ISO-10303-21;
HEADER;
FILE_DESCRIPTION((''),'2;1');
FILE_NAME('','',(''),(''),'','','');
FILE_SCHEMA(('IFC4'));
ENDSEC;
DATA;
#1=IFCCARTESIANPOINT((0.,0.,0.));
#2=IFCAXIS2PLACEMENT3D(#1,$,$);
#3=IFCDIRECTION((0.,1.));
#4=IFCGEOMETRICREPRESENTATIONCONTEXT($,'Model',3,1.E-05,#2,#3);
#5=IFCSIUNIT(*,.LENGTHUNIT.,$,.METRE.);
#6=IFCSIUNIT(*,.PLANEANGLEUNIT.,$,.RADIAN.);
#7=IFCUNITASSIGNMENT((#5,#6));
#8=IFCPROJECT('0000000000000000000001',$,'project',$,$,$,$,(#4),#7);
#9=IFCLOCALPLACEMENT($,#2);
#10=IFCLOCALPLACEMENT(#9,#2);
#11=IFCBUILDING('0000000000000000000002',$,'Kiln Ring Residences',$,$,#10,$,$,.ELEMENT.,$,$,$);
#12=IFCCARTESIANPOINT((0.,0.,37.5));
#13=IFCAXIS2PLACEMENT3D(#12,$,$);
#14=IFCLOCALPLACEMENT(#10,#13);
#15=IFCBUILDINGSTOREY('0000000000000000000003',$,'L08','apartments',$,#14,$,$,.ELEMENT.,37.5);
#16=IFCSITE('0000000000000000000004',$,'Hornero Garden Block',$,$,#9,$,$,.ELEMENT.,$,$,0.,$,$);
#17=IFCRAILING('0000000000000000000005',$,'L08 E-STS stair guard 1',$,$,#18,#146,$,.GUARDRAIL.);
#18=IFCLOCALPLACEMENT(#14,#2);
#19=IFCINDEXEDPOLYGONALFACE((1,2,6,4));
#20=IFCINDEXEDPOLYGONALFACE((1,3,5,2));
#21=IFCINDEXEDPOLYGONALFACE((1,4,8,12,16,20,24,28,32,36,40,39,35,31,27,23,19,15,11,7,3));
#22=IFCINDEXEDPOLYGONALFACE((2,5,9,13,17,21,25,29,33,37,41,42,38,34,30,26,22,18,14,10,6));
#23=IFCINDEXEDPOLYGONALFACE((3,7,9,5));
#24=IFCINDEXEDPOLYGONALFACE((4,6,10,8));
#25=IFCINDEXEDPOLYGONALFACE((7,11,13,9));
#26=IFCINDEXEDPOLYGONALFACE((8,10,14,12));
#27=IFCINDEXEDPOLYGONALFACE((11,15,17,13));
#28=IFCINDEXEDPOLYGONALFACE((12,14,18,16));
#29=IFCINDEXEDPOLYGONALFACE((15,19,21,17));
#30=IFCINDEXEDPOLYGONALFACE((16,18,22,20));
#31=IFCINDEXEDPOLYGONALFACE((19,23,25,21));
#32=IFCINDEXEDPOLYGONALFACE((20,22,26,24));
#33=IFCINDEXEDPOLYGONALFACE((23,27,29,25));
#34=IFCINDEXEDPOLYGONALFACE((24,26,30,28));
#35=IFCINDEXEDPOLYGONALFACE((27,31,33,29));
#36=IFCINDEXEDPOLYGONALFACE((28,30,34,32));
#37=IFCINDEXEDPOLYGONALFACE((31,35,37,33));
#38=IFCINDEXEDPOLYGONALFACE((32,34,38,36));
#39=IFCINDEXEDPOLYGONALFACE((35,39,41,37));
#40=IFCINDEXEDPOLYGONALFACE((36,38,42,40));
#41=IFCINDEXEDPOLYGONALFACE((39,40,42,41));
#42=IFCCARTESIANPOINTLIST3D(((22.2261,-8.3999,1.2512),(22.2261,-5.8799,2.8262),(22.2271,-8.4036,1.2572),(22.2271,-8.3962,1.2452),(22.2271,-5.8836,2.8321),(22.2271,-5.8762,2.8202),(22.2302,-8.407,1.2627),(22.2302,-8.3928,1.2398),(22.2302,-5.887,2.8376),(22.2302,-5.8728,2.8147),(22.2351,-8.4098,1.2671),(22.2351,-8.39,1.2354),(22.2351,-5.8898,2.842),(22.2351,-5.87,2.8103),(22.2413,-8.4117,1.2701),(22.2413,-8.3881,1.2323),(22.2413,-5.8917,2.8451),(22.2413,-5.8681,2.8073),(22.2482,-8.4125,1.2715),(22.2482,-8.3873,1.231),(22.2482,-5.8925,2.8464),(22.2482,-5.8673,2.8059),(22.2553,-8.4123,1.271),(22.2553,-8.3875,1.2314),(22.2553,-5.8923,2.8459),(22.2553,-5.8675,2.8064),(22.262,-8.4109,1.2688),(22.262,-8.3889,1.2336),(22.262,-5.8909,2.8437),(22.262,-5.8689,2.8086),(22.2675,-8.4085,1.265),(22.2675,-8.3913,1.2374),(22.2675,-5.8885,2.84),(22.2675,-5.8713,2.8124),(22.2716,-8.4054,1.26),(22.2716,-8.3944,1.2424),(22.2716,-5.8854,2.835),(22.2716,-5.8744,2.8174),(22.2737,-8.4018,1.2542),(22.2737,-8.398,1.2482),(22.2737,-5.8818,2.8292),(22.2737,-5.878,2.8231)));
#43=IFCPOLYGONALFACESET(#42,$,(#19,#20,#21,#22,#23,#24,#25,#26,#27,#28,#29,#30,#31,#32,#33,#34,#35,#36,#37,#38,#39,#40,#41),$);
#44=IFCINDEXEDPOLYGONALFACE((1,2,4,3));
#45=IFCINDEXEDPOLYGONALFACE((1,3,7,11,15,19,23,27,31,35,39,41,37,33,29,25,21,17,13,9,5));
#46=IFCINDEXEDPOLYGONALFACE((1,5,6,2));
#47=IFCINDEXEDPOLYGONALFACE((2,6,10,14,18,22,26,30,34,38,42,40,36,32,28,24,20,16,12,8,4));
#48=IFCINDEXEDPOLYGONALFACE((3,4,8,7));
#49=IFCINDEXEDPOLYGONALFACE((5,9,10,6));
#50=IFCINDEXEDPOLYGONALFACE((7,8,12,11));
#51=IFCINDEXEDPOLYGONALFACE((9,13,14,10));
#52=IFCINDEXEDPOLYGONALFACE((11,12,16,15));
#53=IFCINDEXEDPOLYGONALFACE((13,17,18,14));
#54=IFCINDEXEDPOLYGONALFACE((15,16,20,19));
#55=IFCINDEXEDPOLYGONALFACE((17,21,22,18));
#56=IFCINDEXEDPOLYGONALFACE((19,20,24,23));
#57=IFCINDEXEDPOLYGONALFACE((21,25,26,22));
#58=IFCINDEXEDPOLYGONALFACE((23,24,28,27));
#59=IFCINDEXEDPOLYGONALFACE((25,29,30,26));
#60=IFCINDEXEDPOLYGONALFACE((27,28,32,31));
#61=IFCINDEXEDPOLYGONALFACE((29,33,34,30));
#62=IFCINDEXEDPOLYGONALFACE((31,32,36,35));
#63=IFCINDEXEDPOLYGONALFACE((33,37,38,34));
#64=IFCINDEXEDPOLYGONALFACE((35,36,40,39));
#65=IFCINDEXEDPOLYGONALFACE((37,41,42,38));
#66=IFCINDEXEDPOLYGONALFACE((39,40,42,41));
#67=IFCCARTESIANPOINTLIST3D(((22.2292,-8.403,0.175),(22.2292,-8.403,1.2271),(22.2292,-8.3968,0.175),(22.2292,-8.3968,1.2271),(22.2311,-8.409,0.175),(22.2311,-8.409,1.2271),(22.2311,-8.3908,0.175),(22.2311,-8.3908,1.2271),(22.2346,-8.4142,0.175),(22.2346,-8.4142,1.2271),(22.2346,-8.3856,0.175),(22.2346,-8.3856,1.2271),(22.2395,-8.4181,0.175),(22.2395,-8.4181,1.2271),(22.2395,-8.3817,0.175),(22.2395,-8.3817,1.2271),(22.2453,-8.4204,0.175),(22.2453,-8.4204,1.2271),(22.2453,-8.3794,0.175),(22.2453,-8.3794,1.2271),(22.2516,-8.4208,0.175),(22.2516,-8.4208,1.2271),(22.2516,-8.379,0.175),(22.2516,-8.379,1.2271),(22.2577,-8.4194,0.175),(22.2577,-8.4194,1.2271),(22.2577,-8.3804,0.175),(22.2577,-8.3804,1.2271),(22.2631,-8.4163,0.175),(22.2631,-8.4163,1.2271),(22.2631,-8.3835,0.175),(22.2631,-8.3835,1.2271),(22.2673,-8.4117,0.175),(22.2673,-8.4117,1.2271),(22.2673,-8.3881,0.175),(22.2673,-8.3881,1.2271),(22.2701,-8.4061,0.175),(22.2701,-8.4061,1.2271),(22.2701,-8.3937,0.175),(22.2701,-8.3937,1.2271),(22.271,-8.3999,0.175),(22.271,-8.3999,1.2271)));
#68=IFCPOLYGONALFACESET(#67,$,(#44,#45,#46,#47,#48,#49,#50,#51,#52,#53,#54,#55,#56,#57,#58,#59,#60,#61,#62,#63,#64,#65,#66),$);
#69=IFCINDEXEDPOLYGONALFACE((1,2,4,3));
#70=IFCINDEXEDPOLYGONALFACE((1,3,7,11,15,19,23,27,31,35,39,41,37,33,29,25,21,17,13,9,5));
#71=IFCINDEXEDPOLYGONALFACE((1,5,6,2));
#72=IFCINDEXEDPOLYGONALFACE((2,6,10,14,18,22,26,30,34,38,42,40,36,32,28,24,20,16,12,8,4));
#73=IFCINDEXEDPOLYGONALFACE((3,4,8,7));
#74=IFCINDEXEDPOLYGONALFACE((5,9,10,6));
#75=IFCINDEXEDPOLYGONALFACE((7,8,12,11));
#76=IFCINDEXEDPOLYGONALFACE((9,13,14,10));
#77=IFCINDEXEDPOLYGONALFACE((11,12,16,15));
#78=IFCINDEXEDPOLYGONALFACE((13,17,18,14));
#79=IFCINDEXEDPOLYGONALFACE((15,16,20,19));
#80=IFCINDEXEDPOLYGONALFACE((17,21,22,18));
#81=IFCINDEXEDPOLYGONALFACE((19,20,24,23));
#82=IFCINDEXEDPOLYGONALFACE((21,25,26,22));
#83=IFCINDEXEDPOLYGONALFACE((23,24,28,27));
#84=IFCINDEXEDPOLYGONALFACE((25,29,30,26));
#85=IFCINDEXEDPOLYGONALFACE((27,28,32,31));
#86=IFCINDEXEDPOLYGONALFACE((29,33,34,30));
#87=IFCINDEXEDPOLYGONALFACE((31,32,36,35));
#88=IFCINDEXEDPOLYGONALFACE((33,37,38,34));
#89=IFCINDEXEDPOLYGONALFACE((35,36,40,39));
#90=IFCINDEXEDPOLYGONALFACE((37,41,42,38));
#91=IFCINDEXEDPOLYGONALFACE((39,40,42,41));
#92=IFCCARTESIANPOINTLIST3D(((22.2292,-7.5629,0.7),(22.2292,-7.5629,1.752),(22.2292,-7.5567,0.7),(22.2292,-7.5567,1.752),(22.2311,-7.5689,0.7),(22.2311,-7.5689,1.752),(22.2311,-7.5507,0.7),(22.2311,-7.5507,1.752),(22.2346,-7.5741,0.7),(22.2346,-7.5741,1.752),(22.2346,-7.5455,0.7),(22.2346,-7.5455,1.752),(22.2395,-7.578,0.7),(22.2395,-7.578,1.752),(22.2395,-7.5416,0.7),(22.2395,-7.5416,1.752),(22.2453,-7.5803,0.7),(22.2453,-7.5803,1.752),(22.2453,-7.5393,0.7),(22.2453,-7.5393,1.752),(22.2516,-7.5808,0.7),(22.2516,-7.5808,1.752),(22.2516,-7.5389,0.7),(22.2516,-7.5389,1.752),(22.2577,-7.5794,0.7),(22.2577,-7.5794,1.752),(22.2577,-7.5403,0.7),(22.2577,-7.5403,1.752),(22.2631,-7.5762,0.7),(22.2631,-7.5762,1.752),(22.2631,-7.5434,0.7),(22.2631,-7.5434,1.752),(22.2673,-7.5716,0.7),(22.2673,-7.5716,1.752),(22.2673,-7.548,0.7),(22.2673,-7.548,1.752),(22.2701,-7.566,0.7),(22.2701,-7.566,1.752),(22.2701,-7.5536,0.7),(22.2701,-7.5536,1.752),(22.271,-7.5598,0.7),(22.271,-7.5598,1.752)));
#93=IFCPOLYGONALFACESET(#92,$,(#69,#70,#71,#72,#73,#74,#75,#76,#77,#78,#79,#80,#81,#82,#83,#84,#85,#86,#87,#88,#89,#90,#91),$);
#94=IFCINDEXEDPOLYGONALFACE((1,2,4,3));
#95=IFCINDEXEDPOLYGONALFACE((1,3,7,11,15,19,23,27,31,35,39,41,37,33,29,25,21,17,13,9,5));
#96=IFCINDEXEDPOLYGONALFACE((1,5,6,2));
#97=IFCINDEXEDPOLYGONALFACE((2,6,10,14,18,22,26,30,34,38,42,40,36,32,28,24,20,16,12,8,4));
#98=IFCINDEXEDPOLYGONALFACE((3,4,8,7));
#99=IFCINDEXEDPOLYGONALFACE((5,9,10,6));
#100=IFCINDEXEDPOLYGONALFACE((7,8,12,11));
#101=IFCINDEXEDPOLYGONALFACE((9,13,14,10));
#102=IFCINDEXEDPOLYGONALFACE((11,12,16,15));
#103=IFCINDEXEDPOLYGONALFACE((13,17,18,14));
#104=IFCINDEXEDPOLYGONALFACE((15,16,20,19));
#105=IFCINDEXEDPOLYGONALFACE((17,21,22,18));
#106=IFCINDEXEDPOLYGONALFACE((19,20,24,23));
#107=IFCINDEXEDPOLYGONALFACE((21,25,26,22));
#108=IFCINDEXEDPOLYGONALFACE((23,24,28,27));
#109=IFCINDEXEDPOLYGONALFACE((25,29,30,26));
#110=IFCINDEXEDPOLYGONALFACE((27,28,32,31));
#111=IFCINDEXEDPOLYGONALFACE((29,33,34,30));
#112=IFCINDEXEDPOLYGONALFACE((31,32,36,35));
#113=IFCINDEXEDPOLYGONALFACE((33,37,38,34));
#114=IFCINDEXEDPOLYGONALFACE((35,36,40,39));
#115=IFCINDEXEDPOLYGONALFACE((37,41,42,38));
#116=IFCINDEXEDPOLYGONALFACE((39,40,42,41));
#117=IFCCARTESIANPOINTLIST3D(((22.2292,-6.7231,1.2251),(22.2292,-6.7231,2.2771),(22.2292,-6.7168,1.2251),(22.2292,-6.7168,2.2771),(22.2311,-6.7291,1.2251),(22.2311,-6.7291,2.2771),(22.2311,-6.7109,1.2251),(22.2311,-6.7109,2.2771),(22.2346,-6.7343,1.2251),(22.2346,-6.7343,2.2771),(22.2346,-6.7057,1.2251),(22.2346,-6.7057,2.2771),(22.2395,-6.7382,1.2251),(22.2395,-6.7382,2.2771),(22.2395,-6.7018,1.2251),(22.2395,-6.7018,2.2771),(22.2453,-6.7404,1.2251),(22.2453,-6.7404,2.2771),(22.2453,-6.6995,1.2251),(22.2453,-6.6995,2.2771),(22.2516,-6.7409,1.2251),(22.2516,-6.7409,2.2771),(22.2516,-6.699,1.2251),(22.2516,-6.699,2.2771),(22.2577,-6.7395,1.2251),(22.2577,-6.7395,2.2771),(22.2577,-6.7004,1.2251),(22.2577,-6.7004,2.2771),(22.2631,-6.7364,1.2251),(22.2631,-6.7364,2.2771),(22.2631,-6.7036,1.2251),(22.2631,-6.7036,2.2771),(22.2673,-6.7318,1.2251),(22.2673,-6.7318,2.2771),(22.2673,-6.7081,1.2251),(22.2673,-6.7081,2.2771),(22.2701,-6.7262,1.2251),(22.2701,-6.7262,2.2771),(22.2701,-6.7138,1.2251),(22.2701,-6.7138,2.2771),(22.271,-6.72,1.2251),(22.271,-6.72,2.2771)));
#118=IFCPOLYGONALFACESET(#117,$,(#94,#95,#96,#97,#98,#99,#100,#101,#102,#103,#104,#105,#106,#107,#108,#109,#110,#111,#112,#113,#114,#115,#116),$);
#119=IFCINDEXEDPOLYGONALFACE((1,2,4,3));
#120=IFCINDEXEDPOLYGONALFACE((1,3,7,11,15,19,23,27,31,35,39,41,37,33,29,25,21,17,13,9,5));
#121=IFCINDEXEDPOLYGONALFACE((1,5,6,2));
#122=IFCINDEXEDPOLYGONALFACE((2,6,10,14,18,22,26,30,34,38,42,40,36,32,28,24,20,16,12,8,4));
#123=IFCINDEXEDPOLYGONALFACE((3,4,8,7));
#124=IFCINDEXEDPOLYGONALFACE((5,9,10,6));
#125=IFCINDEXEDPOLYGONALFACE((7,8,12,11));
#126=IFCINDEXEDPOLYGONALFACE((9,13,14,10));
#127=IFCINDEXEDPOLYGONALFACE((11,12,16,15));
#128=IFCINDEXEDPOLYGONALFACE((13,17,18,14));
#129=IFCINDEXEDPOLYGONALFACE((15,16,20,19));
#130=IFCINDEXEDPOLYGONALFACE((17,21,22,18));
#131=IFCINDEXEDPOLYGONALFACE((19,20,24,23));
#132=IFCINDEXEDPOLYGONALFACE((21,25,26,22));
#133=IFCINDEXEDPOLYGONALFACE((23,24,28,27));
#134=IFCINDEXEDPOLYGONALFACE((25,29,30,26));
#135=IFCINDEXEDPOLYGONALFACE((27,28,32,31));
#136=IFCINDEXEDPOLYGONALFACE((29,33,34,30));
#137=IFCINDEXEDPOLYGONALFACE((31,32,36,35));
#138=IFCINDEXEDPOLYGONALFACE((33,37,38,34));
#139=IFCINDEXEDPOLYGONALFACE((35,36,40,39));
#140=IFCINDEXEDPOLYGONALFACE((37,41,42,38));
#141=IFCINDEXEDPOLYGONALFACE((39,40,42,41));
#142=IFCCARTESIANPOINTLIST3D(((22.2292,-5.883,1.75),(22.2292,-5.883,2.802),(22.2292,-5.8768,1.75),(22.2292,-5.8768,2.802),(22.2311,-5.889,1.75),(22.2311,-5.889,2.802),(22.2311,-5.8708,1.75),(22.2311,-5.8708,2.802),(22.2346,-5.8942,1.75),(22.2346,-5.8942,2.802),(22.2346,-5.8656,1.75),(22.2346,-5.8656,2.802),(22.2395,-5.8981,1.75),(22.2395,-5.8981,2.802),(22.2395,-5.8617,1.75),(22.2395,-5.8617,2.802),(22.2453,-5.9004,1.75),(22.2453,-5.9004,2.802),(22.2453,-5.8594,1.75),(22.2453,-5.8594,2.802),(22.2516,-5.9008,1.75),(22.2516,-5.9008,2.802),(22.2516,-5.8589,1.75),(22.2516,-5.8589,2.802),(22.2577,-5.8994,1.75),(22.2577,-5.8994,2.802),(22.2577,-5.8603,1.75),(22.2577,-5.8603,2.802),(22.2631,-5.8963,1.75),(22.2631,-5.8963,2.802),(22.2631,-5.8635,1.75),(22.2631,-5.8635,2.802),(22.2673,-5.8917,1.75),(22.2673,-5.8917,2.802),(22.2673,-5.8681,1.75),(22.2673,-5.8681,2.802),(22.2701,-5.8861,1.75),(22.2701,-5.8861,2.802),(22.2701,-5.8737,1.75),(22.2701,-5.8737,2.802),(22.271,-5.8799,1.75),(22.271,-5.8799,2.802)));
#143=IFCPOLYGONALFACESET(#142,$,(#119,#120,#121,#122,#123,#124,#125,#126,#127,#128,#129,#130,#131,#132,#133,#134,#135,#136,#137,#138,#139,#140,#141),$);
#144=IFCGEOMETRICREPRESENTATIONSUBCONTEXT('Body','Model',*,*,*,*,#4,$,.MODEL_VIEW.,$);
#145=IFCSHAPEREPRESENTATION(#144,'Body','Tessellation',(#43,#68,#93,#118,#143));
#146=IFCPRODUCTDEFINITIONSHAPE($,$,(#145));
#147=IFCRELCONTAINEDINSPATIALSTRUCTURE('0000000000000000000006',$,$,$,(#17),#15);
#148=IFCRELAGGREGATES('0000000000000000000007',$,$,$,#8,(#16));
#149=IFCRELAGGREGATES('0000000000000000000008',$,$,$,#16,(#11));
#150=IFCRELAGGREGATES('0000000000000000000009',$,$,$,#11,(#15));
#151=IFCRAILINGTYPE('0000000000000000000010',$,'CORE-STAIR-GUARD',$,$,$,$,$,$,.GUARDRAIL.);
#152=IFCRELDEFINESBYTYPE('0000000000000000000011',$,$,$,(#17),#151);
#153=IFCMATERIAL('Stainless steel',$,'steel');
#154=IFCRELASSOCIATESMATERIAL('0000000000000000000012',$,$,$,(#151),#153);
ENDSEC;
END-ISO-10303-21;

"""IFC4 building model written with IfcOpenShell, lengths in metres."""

from ifc_helpers import new_model, si_unit, direction, frame, origin, origin_2d, place, context, subcontext, project, spatial, circle, extrude, material, type_object, element, save


model = new_model("IFC4")

# Units and contexts
model_context = context("Model", 3, precision=1e-05, world=origin(), true_north=direction((0.0, 1.0)))
body_context = subcontext(model_context, "Body", "Model", "MODEL_VIEW")
ifc_project = project(units=[si_unit("LENGTHUNIT", "METRE"), si_unit("PLANEANGLEUNIT", "RADIAN")], contexts=[model_context])

# Site, building, storey
site_placement = place(None, origin())
site = spatial("IfcSite", under=ifc_project, at=site_placement, Name="Hornero Garden Block", CompositionType="ELEMENT", RefElevation=0.0)
building_placement = place(site_placement, origin())
building = spatial("IfcBuilding", under=site, at=building_placement, Name="Kiln Ring Residences", CompositionType="ELEMENT")
storey_placement = place(building_placement, frame((0.0, 0.0, 37.5)))
storey = spatial("IfcBuildingStorey", under=building, at=storey_placement, Name="L08", Description="apartments", CompositionType="ELEMENT", Elevation=37.5)

# Railing
ifc_material_1 = material(Name="Stainless steel", Category="steel")
railing_type_1 = type_object("IfcRailingType", Name="CORE-STAIR-GUARD", PredefinedType="GUARDRAIL", material=ifc_material_1)
railing_1_placement = place(storey_placement, frame((22.25, -8.3999, 0.175)))
element("IfcRailing", 1, at=railing_1_placement, inside=storey, type_object=railing_type_1, Name="L08 E-STS stair guard 1", PredefinedType="GUARDRAIL", context=body_context, shape_type="SweptSolid", body=[
    extrude(circle(Radius=0.0239, at=origin_2d()), frame((0.0, 0.0, 1.0762), z_axis=(0.0, 0.848008, 0.529984), x_axis=(-1.0, 0.0, 0.0)), (0.0, 0.0, 1.0), 2.9717),
    extrude(circle(Radius=0.021, at=origin_2d()), origin(), (0.0, 0.0, 1.0), 1.052),
    extrude(circle(Radius=0.021, at=origin_2d()), frame((0.0, 0.8401, 0.5249)), (0.0, 0.0, 1.0), 1.052),
    extrude(circle(Radius=0.021, at=origin_2d()), frame((0.0, 1.6799, 1.05)), (0.0, 0.0, 1.0), 1.052),
    extrude(circle(Radius=0.021, at=origin_2d()), frame((0.0, 2.52, 1.575)), (0.0, 0.0, 1.0), 1.052),
])

save(model, "model.ifc")
